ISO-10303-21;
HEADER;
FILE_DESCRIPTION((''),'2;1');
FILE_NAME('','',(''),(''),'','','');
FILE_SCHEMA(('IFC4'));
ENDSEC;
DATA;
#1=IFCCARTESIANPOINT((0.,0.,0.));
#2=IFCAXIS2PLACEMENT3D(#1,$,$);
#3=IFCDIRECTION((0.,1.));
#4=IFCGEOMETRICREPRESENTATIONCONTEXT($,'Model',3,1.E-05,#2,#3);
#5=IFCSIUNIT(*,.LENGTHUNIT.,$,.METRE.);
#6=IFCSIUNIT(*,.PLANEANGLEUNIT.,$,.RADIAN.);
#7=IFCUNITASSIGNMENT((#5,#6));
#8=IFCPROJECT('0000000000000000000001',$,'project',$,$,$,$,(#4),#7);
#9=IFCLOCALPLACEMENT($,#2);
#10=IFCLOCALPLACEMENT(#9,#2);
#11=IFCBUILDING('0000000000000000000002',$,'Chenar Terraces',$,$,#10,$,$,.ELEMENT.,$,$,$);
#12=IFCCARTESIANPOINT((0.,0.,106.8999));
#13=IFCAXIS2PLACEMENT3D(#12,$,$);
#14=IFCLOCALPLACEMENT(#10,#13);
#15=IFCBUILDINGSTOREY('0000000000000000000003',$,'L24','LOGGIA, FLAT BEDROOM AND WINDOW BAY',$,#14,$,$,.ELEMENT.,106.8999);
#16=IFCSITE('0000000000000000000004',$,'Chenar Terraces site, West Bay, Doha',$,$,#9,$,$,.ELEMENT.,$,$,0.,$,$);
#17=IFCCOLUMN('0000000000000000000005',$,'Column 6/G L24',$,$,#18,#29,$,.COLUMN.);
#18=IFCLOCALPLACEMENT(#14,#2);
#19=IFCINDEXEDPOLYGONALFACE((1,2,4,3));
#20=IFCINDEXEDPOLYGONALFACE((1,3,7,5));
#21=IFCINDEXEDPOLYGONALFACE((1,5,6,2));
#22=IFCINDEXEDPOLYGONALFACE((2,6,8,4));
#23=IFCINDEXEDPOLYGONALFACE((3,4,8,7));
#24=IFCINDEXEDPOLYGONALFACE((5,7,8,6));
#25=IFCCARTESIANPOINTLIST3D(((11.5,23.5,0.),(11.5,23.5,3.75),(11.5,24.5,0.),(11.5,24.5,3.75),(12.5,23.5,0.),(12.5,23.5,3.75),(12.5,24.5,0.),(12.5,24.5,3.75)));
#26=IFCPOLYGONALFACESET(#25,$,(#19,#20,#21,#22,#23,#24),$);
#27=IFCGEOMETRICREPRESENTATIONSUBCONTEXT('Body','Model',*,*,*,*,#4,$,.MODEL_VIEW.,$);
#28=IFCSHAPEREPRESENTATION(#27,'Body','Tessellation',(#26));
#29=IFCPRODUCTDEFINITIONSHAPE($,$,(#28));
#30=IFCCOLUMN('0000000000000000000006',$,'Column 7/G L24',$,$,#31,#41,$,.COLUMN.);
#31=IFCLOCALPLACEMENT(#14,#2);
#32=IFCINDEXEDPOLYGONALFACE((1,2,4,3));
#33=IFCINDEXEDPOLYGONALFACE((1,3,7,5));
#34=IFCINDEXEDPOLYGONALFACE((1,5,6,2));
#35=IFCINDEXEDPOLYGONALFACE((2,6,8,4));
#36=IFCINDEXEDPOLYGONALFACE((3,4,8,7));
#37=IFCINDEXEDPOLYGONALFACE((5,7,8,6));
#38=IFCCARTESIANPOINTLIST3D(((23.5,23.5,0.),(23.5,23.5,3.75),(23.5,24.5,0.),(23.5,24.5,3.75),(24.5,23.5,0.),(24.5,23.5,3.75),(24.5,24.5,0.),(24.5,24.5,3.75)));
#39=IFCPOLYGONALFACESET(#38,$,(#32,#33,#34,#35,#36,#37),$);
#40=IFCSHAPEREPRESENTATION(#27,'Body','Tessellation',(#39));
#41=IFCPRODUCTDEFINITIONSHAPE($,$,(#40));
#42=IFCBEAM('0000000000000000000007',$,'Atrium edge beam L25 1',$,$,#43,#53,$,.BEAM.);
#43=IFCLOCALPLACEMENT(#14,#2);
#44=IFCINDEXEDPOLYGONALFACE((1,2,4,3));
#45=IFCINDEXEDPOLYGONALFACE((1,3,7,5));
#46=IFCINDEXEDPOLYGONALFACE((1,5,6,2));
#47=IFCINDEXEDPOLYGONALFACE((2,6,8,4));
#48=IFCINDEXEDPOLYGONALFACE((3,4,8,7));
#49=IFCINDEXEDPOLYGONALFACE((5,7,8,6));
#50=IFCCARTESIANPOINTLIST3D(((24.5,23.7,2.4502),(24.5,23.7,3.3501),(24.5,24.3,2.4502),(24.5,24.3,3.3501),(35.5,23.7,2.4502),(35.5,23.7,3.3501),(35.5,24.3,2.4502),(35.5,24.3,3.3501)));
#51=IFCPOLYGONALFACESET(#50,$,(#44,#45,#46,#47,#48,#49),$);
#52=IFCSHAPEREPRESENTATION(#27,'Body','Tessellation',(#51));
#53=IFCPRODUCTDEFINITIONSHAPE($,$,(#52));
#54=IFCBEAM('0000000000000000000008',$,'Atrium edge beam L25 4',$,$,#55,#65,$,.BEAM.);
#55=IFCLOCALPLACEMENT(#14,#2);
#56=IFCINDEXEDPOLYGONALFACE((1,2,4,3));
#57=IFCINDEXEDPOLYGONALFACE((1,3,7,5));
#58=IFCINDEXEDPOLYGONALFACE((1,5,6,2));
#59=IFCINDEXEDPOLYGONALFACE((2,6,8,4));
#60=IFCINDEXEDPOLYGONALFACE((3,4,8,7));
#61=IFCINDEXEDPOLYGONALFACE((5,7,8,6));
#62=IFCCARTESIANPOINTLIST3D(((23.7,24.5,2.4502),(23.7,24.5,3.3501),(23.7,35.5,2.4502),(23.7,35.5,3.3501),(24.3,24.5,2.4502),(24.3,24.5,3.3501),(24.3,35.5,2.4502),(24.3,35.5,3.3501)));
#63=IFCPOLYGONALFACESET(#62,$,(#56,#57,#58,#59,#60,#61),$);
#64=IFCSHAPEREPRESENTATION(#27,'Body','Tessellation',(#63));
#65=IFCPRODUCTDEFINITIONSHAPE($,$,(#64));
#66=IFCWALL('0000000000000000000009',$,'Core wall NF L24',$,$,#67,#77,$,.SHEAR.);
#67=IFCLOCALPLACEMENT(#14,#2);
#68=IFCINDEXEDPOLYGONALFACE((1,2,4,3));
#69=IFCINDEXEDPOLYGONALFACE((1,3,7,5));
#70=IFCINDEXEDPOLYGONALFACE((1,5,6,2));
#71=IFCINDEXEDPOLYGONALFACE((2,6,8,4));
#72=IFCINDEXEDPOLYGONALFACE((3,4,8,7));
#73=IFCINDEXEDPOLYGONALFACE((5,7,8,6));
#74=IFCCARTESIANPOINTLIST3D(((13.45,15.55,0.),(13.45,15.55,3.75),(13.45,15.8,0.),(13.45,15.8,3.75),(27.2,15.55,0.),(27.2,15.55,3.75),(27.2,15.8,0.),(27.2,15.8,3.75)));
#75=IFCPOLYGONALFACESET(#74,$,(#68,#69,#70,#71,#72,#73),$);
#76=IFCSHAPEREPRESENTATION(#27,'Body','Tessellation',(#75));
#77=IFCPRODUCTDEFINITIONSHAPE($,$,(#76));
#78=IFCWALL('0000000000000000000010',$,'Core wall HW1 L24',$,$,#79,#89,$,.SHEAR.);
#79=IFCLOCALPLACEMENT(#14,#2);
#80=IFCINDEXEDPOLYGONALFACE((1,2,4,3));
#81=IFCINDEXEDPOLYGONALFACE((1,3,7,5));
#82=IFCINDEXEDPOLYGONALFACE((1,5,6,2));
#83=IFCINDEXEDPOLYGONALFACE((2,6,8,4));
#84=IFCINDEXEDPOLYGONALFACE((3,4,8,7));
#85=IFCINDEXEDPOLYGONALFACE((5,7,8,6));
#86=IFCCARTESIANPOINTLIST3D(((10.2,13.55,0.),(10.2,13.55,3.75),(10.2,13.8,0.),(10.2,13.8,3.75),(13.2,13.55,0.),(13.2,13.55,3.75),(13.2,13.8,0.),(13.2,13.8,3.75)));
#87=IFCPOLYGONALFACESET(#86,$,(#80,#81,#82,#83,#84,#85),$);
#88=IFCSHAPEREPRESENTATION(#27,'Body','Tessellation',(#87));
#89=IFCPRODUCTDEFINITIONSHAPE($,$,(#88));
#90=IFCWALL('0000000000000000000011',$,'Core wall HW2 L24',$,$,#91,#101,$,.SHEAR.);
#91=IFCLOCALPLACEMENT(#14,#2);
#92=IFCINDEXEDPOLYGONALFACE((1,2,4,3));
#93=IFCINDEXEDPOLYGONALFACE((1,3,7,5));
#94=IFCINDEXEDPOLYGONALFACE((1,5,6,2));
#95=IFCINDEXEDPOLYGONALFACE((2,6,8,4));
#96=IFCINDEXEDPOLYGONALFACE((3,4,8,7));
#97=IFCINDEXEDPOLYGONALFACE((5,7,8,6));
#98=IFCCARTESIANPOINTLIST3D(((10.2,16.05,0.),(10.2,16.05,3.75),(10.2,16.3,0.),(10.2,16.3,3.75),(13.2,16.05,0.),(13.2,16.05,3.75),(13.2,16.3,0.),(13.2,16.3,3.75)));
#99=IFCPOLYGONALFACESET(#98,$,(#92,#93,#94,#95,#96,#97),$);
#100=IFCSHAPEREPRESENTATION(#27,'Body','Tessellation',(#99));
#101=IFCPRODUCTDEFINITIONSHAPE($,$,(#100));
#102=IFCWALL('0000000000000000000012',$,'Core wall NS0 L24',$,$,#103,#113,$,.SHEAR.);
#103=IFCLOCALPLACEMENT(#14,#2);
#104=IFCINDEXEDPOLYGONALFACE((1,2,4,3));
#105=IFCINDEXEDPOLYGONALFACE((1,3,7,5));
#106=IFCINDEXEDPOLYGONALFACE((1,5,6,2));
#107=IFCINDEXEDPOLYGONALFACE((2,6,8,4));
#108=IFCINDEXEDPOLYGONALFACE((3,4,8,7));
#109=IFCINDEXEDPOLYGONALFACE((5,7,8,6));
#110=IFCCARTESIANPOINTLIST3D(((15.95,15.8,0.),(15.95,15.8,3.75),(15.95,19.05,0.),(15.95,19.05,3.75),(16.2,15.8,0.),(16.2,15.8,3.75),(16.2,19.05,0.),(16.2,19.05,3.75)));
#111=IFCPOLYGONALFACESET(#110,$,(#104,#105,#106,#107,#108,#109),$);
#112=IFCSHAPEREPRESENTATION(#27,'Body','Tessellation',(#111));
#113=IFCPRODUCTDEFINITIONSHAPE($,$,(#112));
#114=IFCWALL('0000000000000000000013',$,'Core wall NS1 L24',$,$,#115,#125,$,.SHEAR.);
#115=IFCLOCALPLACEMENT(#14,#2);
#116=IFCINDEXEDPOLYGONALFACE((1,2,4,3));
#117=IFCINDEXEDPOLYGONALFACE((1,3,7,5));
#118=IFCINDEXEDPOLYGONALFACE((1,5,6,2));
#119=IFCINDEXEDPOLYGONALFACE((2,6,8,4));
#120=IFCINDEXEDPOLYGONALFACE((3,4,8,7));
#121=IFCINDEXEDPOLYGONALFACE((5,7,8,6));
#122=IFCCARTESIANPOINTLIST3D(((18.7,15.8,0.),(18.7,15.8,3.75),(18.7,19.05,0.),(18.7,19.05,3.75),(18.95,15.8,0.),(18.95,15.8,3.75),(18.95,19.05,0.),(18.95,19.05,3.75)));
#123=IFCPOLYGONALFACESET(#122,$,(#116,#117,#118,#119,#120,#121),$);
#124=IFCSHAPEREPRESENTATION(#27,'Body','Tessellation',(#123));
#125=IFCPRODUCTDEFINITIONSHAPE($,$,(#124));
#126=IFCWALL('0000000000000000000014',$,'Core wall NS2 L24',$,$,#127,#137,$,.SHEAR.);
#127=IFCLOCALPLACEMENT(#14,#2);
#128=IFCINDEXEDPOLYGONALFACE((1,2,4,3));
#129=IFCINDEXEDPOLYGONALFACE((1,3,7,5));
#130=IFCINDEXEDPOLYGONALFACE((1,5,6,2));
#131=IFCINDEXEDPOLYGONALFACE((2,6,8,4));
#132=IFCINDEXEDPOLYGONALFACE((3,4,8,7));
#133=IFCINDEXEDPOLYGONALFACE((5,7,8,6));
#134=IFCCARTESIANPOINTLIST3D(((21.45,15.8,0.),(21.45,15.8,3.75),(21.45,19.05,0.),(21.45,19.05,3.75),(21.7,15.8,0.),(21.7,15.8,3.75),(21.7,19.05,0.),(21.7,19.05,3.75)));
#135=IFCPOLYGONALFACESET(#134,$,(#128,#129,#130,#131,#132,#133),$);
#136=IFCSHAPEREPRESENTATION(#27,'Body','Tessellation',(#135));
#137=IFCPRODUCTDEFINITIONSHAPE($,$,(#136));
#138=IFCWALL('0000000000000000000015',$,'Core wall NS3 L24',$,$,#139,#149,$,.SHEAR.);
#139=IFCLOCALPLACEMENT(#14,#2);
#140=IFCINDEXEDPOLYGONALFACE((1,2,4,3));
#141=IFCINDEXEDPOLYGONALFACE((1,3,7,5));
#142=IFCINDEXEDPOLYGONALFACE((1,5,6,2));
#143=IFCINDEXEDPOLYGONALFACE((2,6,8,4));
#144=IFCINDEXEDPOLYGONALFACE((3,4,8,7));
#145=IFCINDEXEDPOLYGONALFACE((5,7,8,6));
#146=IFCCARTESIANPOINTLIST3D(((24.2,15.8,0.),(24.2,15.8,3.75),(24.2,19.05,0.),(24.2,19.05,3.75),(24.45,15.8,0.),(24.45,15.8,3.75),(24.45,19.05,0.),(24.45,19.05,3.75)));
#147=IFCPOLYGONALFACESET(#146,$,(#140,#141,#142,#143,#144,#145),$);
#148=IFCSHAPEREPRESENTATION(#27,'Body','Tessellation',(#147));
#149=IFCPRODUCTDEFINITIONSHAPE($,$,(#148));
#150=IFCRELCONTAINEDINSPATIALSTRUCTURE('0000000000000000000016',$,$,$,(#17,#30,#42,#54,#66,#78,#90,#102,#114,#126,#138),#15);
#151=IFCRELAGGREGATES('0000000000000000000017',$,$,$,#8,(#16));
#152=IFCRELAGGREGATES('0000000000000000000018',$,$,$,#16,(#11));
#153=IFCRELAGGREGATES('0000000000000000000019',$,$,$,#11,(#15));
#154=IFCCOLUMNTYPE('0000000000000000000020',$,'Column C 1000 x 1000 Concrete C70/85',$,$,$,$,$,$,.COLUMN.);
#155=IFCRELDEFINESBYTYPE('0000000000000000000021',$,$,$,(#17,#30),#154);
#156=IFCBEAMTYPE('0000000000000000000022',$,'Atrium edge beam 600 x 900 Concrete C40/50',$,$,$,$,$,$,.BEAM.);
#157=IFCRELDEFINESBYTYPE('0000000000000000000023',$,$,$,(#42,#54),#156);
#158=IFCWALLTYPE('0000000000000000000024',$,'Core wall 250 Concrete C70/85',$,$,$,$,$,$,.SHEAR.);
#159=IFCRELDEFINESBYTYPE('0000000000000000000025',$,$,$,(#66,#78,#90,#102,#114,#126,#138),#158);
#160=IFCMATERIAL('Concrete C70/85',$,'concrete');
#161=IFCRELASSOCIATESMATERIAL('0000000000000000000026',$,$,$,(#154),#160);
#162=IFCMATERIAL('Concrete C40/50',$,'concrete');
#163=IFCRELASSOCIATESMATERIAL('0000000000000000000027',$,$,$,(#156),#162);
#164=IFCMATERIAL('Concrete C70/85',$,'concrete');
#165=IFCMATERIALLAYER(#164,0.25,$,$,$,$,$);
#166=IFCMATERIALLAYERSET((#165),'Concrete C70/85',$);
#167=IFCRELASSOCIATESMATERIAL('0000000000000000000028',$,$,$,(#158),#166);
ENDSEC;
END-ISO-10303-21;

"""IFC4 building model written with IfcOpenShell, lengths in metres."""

from ifc_helpers import new_model, si_unit, direction, frame, frame_2d, origin, origin_2d, place, context, subcontext, project, spatial, rectangle, extrude, material, layer, layer_set, material_profile, profile_set, type_object, element, save


model = new_model("IFC4")

# Units and contexts
model_context = context("Model", 3, precision=1e-05, world=origin(), true_north=direction((0.0, 1.0)))
body_context = subcontext(model_context, "Body", "Model", "MODEL_VIEW")
ifc_project = project(units=[si_unit("LENGTHUNIT", "METRE"), si_unit("PLANEANGLEUNIT", "RADIAN")], contexts=[model_context])

# Site, building, storey
site_placement = place(None, origin())
site = spatial("IfcSite", under=ifc_project, at=site_placement, Name="Chenar Terraces site, West Bay, Doha", CompositionType="ELEMENT", RefElevation=0.0)
building_placement = place(site_placement, origin())
building = spatial("IfcBuilding", under=site, at=building_placement, Name="Chenar Terraces", CompositionType="ELEMENT")
storey_placement = place(building_placement, frame((0.0, 0.0, 106.8999)))
storey = spatial("IfcBuildingStorey", under=building, at=storey_placement, Name="L24", Description="LOGGIA, FLAT BEDROOM AND WINDOW BAY", CompositionType="ELEMENT", Elevation=106.8999)

# Columns
ifc_material_1 = material(Name="Concrete C70/85", Category="concrete")
ifc_material_profile_1 = material_profile(ifc_material_1, rectangle(XDim=1.0, YDim=1.0, at=origin_2d()), Name="C 1000 x 1000")
ifc_profile_set_1 = profile_set([ifc_material_profile_1], Name="Concrete C70/85")
column_type = type_object("IfcColumnType", Name="Column C 1000 x 1000 Concrete C70/85", PredefinedType="COLUMN", material=ifc_profile_set_1)
for number, where, z_axis, x_axis, name in (
    (1, (12.0, 24.0, 0.0), (0.0, 0.0, 1.0), (1.0, 0.0, 0.0), "Column 6/G L24"),
    (2, (24.0, 24.0, 0.0), (0.0, 0.0, 1.0), (1.0, 0.0, 0.0), "Column 7/G L24"),
):
    element("IfcColumn", number, at=place(storey_placement, frame(where, z_axis=z_axis, x_axis=x_axis)), inside=storey, type_object=column_type, Name=name, PredefinedType="COLUMN", context=body_context, shape_type="SweptSolid", body=[
        extrude(rectangle(XDim=1.0, YDim=1.0, at=origin_2d()), origin(), (0.0, 0.0, 1.0), 3.75),
    ])

# Beams
ifc_material_2 = material(Name="Concrete C40/50", Category="concrete")
ifc_material_profile_2 = material_profile(ifc_material_2, rectangle(XDim=0.6001, YDim=0.8999, at=origin_2d()), Name="RC 600 x 900")
ifc_profile_set_2 = profile_set([ifc_material_profile_2], Name="Concrete C40/50")
beam_type = type_object("IfcBeamType", Name="Atrium edge beam 600 x 900 Concrete C40/50", PredefinedType="BEAM", material=ifc_profile_set_2)
for number, where, z_axis, x_axis, name in (
    (3, (24.5, 24.0, 2.9001), (1.0, 0.0, 0.0), (0.0, 1.0, 0.0), "Atrium edge beam L25 1"),
    (4, (24.0, 35.5, 2.9001), (0.0, -1.0, 0.0), (1.0, 0.0, 0.0), "Atrium edge beam L25 4"),
):
    element("IfcBeam", number, at=place(storey_placement, frame(where, z_axis=z_axis, x_axis=x_axis)), inside=storey, type_object=beam_type, Name=name, PredefinedType="BEAM", context=body_context, shape_type="SweptSolid", body=[
        extrude(rectangle(XDim=0.6001, YDim=0.8999, at=origin_2d()), origin(), (0.0, 0.0, 1.0), 11.0),
    ])

# Walls
ifc_material_3 = material(Name="Concrete C70/85", Category="concrete")
ifc_layer_1 = layer(ifc_material_3, 0.25)
ifc_layer_set_1 = layer_set([ifc_layer_1], Name="Concrete C70/85")
wall_type_1 = type_object("IfcWallType", Name="Core wall 250 Concrete C70/85", PredefinedType="SHEAR", material=ifc_layer_set_1)
wall_1_placement = place(storey_placement, frame((13.45, 15.675, 0.0), z_axis=(0.0, 0.0, 1.0), x_axis=(1.0, 0.0, 0.0)))
element("IfcWall", 5, at=wall_1_placement, inside=storey, type_object=wall_type_1, Name="Core wall NF L24", PredefinedType="SHEAR", context=body_context, shape_type="SweptSolid", body=[
    extrude(rectangle(XDim=13.75, YDim=0.25, at=frame_2d((6.875, 0.0))), origin(), (0.0, 0.0, 1.0), 3.75),
])
for number, where, z_axis, x_axis, name in (
    (6, (10.2, 13.675, 0.0), (0.0, 0.0, 1.0), (1.0, 0.0, 0.0), "Core wall HW1 L24"),
    (7, (10.2, 16.175, 0.0), (0.0, 0.0, 1.0), (1.0, 0.0, 0.0), "Core wall HW2 L24"),
):
    element("IfcWall", number, at=place(storey_placement, frame(where, z_axis=z_axis, x_axis=x_axis)), inside=storey, type_object=wall_type_1, Name=name, PredefinedType="SHEAR", context=body_context, shape_type="SweptSolid", body=[
        extrude(rectangle(XDim=3.0, YDim=0.25, at=frame_2d((1.5, 0.0))), origin(), (0.0, 0.0, 1.0), 3.75),
    ])
for number, where, z_axis, x_axis, name in (
    (8, (16.075, 15.8, 0.0), (0.0, 0.0, 1.0), (0.0, 1.0, 0.0), "Core wall NS0 L24"),
    (9, (18.825, 15.8, 0.0), (0.0, 0.0, 1.0), (0.0, 1.0, 0.0), "Core wall NS1 L24"),
    (10, (21.575, 15.8, 0.0), (0.0, 0.0, 1.0), (0.0, 1.0, 0.0), "Core wall NS2 L24"),
    (11, (24.325, 15.8, 0.0), (0.0, 0.0, 1.0), (0.0, 1.0, 0.0), "Core wall NS3 L24"),
):
    element("IfcWall", number, at=place(storey_placement, frame(where, z_axis=z_axis, x_axis=x_axis)), inside=storey, type_object=wall_type_1, Name=name, PredefinedType="SHEAR", context=body_context, shape_type="SweptSolid", body=[
        extrude(rectangle(XDim=3.25, YDim=0.25, at=frame_2d((1.625, 0.0))), origin(), (0.0, 0.0, 1.0), 3.75),
    ])

save(model, "model.ifc")
